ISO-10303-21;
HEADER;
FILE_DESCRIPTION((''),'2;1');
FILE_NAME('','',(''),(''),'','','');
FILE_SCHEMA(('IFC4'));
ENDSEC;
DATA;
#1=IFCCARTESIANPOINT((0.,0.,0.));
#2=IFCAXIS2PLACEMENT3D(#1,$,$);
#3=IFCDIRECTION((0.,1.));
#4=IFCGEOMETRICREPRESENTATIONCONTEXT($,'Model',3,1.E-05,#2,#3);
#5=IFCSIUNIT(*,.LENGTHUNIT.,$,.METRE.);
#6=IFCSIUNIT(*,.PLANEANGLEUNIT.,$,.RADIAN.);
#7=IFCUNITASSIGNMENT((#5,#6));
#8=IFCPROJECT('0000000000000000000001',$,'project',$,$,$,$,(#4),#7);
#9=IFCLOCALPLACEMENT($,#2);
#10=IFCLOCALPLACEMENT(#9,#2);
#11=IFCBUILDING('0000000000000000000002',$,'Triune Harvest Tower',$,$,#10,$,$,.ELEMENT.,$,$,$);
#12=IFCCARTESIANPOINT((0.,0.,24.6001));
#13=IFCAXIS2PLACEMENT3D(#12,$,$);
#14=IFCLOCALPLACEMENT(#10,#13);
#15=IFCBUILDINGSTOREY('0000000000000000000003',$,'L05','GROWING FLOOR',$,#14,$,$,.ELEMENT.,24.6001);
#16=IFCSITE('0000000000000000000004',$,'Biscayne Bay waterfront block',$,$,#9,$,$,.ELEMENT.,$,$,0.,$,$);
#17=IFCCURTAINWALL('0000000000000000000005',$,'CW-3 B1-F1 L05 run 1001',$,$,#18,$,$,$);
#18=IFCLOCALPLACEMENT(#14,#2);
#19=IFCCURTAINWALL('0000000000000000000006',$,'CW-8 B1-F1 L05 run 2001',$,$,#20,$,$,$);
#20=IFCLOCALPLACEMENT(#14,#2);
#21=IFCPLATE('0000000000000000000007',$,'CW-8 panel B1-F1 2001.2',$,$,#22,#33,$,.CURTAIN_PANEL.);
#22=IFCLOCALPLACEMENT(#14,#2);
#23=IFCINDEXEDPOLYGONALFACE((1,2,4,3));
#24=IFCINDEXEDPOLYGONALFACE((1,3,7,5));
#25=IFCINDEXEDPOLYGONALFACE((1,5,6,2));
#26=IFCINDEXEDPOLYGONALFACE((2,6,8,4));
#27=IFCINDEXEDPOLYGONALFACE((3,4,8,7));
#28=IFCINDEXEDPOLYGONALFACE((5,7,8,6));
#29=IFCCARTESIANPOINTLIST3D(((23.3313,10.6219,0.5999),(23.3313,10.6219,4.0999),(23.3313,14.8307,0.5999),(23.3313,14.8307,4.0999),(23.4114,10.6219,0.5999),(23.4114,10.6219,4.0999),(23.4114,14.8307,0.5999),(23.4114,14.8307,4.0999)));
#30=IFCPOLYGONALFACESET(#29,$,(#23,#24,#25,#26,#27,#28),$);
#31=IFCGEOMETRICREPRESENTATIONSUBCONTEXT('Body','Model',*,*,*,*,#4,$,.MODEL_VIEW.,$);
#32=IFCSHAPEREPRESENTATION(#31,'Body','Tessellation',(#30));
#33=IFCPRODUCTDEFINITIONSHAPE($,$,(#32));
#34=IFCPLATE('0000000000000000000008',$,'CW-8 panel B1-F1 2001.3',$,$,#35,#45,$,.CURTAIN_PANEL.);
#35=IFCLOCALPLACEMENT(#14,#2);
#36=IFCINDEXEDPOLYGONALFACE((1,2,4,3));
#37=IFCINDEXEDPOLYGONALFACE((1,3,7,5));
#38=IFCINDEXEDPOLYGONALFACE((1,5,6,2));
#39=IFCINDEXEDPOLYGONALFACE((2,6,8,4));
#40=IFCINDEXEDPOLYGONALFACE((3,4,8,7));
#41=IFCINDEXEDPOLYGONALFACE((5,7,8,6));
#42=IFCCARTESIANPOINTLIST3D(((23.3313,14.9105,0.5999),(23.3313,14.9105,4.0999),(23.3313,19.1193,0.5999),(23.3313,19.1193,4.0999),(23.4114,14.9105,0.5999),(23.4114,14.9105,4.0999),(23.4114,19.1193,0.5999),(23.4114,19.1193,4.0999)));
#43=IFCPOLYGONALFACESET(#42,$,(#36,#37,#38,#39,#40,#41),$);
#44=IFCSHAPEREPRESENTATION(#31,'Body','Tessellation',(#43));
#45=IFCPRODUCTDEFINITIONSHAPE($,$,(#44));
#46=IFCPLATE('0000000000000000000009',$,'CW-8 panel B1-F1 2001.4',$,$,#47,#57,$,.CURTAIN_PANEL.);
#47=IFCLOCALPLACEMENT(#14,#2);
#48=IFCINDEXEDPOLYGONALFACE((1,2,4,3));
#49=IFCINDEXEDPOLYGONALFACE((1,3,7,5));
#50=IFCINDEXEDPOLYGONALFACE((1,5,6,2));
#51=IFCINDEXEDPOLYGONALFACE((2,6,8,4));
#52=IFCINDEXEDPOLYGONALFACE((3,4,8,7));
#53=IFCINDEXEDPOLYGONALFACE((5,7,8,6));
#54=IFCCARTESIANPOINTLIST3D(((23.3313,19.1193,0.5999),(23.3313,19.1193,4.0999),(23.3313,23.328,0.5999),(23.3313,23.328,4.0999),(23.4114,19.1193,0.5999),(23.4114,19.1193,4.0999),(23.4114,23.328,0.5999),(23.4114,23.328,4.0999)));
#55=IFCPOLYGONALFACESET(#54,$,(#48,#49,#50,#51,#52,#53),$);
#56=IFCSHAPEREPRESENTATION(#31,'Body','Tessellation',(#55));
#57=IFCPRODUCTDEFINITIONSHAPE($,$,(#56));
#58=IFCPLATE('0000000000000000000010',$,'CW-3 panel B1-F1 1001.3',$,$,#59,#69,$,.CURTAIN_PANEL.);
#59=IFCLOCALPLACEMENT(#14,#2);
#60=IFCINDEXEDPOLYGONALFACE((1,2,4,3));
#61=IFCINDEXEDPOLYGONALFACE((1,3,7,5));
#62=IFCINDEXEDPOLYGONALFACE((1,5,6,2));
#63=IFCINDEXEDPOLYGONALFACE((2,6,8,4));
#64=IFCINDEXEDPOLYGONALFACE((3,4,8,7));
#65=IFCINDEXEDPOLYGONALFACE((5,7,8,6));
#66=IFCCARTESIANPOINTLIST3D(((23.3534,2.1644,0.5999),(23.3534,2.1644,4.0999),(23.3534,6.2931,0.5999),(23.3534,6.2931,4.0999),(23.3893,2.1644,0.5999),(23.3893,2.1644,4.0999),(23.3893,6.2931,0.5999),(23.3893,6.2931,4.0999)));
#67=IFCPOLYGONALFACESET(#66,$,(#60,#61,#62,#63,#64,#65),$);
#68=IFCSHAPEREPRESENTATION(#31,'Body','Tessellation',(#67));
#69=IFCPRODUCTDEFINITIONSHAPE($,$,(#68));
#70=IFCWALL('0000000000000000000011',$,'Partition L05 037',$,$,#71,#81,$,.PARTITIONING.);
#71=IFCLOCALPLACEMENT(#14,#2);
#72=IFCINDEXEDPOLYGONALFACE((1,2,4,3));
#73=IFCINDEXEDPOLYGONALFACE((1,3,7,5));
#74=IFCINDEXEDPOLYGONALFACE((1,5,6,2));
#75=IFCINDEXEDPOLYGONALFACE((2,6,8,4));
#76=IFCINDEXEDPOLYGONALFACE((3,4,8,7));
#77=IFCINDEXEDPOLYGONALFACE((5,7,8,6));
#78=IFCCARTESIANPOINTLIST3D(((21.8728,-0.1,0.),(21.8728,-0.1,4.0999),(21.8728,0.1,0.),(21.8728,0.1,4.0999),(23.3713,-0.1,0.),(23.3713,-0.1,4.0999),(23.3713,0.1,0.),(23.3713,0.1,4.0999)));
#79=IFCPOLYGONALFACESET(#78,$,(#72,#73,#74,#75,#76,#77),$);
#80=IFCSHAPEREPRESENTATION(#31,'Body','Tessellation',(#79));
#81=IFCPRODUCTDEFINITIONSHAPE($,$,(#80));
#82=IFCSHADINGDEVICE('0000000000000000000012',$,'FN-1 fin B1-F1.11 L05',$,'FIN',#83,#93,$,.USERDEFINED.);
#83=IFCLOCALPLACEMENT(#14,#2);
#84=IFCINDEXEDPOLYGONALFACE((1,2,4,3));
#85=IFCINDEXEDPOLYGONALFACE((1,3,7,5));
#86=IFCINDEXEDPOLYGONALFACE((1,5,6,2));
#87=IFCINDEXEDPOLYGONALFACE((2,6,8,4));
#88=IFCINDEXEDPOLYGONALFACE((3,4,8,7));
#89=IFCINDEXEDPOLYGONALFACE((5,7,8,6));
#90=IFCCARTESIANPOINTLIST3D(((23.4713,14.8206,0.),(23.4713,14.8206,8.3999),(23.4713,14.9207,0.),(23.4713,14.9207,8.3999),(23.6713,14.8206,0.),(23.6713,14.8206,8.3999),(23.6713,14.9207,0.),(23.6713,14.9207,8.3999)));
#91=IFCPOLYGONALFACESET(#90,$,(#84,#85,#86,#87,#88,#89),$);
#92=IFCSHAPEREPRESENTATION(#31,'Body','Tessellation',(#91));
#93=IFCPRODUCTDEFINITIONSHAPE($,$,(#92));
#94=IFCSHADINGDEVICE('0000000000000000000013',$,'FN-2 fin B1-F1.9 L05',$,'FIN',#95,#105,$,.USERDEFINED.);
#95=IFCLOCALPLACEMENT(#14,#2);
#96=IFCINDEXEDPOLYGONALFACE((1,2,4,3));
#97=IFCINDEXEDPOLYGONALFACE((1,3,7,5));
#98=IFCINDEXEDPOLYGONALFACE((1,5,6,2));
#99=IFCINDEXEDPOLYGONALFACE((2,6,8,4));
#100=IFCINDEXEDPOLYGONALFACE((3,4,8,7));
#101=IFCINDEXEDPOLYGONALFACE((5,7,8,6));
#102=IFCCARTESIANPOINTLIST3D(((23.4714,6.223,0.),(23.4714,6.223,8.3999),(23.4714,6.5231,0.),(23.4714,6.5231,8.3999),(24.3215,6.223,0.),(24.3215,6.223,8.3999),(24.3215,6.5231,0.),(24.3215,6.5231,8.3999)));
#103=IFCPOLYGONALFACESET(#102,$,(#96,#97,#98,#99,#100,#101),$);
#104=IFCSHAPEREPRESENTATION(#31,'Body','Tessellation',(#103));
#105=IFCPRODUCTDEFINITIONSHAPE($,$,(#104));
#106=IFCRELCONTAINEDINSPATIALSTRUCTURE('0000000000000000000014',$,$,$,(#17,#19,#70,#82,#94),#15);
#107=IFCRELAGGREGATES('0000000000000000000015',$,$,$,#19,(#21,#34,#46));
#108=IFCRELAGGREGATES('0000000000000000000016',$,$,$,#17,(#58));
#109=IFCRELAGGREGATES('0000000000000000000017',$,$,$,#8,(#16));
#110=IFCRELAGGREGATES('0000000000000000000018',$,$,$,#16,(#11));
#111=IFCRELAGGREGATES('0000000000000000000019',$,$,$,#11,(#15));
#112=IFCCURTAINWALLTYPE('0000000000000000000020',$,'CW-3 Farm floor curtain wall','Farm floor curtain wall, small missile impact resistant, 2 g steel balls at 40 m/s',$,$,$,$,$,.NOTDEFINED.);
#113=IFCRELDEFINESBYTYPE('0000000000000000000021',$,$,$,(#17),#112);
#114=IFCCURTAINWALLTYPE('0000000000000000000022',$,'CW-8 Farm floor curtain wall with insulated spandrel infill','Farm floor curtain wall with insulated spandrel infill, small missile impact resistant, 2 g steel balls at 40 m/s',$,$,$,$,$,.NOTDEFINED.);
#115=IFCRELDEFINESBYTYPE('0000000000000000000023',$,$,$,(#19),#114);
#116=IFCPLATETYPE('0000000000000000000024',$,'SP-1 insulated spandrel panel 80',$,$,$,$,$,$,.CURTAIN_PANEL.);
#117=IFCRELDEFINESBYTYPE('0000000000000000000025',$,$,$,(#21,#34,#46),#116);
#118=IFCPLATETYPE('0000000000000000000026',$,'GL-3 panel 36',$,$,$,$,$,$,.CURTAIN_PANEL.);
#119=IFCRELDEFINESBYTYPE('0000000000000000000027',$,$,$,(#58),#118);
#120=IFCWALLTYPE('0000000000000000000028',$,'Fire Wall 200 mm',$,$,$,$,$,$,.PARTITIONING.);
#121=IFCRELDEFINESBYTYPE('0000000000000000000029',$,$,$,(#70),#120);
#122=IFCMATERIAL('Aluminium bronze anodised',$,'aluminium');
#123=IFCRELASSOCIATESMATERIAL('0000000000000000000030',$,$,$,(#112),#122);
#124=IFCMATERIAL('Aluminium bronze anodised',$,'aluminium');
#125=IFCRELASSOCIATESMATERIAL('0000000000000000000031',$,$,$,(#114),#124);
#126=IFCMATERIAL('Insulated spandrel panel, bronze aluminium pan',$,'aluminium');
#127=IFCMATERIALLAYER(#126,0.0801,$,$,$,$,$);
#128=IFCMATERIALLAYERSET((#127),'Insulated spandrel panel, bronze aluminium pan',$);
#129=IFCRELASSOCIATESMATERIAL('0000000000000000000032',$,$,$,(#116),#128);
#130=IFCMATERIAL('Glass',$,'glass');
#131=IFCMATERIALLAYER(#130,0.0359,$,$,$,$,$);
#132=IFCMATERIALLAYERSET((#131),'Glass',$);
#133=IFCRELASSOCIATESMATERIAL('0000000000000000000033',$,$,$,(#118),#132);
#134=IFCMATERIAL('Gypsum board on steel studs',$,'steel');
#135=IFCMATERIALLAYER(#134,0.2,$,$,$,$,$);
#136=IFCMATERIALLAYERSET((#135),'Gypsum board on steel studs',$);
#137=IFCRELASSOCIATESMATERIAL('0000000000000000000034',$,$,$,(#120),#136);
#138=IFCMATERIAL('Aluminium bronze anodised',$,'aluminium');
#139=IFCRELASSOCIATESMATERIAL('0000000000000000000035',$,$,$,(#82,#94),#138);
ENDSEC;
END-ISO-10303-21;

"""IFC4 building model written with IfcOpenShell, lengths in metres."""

from ifc_helpers import new_model, si_unit, direction, frame, frame_2d, origin, origin_2d, place, context, subcontext, project, spatial, rectangle, extrude, source, transform, mapped, material, layer, layer_set, type_object, element, aggregate, save


model = new_model("IFC4")

# Units and contexts
model_context = context("Model", 3, precision=1e-05, world=origin(), true_north=direction((0.0, 1.0)))
body_context = subcontext(model_context, "Body", "Model", "MODEL_VIEW")
ifc_project = project(units=[si_unit("LENGTHUNIT", "METRE"), si_unit("PLANEANGLEUNIT", "RADIAN")], contexts=[model_context])

# Site, building, storey
site_placement = place(None, origin())
site = spatial("IfcSite", under=ifc_project, at=site_placement, Name="Biscayne Bay waterfront block", CompositionType="ELEMENT", RefElevation=0.0)
building_placement = place(site_placement, origin())
building = spatial("IfcBuilding", under=site, at=building_placement, Name="Triune Harvest Tower", CompositionType="ELEMENT")
storey_placement = place(building_placement, frame((0.0, 0.0, 24.6001)))
storey = spatial("IfcBuildingStorey", under=building, at=storey_placement, Name="L05", Description="GROWING FLOOR", CompositionType="ELEMENT", Elevation=24.6001)

# Curtain walls
ifc_material_1 = material(Name="Aluminium bronze anodised", Category="aluminium")
curtain_wall_type_1 = type_object("IfcCurtainWallType", Name="CW-3 Farm floor curtain wall", Description="Farm floor curtain wall, small missile impact resistant, 2 g steel balls at 40 m/s", PredefinedType="NOTDEFINED", material=ifc_material_1)
curtain_wall_1_placement = place(storey_placement, origin())
curtain_wall_1 = element("IfcCurtainWall", 1, at=curtain_wall_1_placement, inside=storey, type_object=curtain_wall_type_1, Name="CW-3 B1-F1 L05 run 1001")
ifc_material_2 = material(Name="Aluminium bronze anodised", Category="aluminium")
curtain_wall_type_2 = type_object("IfcCurtainWallType", Name="CW-8 Farm floor curtain wall with insulated spandrel infill", Description="Farm floor curtain wall with insulated spandrel infill, small missile impact resistant, 2 g steel balls at 40 m/s", PredefinedType="NOTDEFINED", material=ifc_material_2)
curtain_wall_2_placement = place(storey_placement, origin())
curtain_wall_2 = element("IfcCurtainWall", 2, at=curtain_wall_2_placement, inside=storey, type_object=curtain_wall_type_2, Name="CW-8 B1-F1 L05 run 2001")

# Plates
ifc_material_3 = material(Name="Insulated spandrel panel, bronze aluminium pan", Category="aluminium")
ifc_layer_1 = layer(ifc_material_3, 0.0801)
ifc_layer_set_1 = layer_set([ifc_layer_1], Name="Insulated spandrel panel, bronze aluminium pan")
plate_type_1 = type_object("IfcPlateType", Name="SP-1 insulated spandrel panel 80", PredefinedType="CURTAIN_PANEL", material=ifc_layer_set_1)
shared_shape_1 = source(origin(), body_context, "Body", "SweptSolid", [
    extrude(rectangle(XDim=4.2087, YDim=0.0801, at=origin_2d()), origin(), (0.0, 0.0, 1.0), 3.5),
])
plate_1_placement = place(storey_placement, frame((23.3713, 12.7263, 0.5999), z_axis=(0.0, 0.0, 1.0), x_axis=(0.0, 1.0, 0.0)))
plate_1 = element("IfcPlate", 3, at=plate_1_placement, type_object=plate_type_1, Name="CW-8 panel B1-F1 2001.2", PredefinedType="CURTAIN_PANEL", context=body_context, shape_type="MappedRepresentation", body=[
    mapped(shared_shape_1, transform((0.0, 0.0, 0.0), scale=1.0)),
])
plate_2_placement = place(storey_placement, frame((23.3713, 17.0149, 0.5999), z_axis=(0.0, 0.0, 1.0), x_axis=(0.0, 1.0, 0.0)))
plate_2 = element("IfcPlate", 4, at=plate_2_placement, type_object=plate_type_1, Name="CW-8 panel B1-F1 2001.3", PredefinedType="CURTAIN_PANEL", context=body_context, shape_type="MappedRepresentation", body=[
    mapped(shared_shape_1, transform((0.0, 0.0, 0.0), scale=1.0)),
])
plate_3_placement = place(storey_placement, frame((23.3713, 21.2236, 0.5999), z_axis=(0.0, 0.0, 1.0), x_axis=(0.0, 1.0, 0.0)))
plate_3 = element("IfcPlate", 5, at=plate_3_placement, type_object=plate_type_1, Name="CW-8 panel B1-F1 2001.4", PredefinedType="CURTAIN_PANEL", context=body_context, shape_type="MappedRepresentation", body=[
    mapped(shared_shape_1, transform((0.0, 0.0, 0.0), scale=1.0)),
])
aggregate(curtain_wall_2, [plate_1, plate_2, plate_3])
ifc_material_4 = material(Name="Glass", Category="glass")
ifc_layer_2 = layer(ifc_material_4, 0.0359)
ifc_layer_set_2 = layer_set([ifc_layer_2], Name="Glass")
plate_type_2 = type_object("IfcPlateType", Name="GL-3 panel 36", PredefinedType="CURTAIN_PANEL", material=ifc_layer_set_2)
shared_shape_2 = source(origin(), body_context, "Body", "SweptSolid", [
    extrude(rectangle(XDim=4.1287, YDim=0.0359, at=origin_2d()), origin(), (0.0, 0.0, 1.0), 3.5),
])
plate_4_placement = place(storey_placement, frame((23.3713, 4.2288, 0.5999), z_axis=(0.0, 0.0, 1.0), x_axis=(0.0, 1.0, 0.0)))
plate_4 = element("IfcPlate", 6, at=plate_4_placement, type_object=plate_type_2, Name="CW-3 panel B1-F1 1001.3", PredefinedType="CURTAIN_PANEL", context=body_context, shape_type="MappedRepresentation", body=[
    mapped(shared_shape_2, transform((0.0, 0.0, 0.0), scale=1.0)),
])
aggregate(curtain_wall_1, [plate_4])

# Wall
ifc_material_5 = material(Name="Gypsum board on steel studs", Category="steel")
ifc_layer_3 = layer(ifc_material_5, 0.2)
ifc_layer_set_3 = layer_set([ifc_layer_3], Name="Gypsum board on steel studs")
wall_type = type_object("IfcWallType", Name="Fire Wall 200 mm", PredefinedType="PARTITIONING", material=ifc_layer_set_3)
shared_shape_3 = source(origin(), body_context, "Body", "SweptSolid", [
    extrude(rectangle(XDim=1.4985, YDim=0.2, at=frame_2d((0.7493, 0.0))), origin(), (0.0, 0.0, 1.0), 4.0999),
])
wall_placement = place(storey_placement, frame((21.8728, 0.0, 0.0), z_axis=(0.0, 0.0, 1.0), x_axis=(1.0, 0.0, 0.0)))
element("IfcWall", 7, at=wall_placement, inside=storey, type_object=wall_type, Name="Partition L05 037", PredefinedType="PARTITIONING", context=body_context, shape_type="MappedRepresentation", body=[
    mapped(shared_shape_3, transform((0.0, 0.0, 0.0), scale=1.0)),
])

# Shading devices
ifc_material_6 = material(Name="Aluminium bronze anodised", Category="aluminium")
shared_shape_4 = source(origin(), body_context, "Body", "SweptSolid", [
    extrude(rectangle(XDim=0.1001, YDim=0.2, at=origin_2d()), origin(), (0.0, 0.0, 1.0), 8.3999),
])
shading_device_1_placement = place(storey_placement, frame((23.5713, 14.8706, 0.0), z_axis=(0.0, 0.0, 1.0), x_axis=(0.0, 1.0, 0.0)))
element("IfcShadingDevice", 8, at=shading_device_1_placement, inside=storey, material=ifc_material_6, Name="FN-1 fin B1-F1.11 L05", ObjectType="FIN", PredefinedType="USERDEFINED", context=body_context, shape_type="MappedRepresentation", body=[
    mapped(shared_shape_4, transform((0.0, 0.0, 0.0), scale=1.0)),
])
shared_shape_5 = source(origin(), body_context, "Body", "SweptSolid", [
    extrude(rectangle(XDim=0.3, YDim=0.8501, at=origin_2d()), origin(), (0.0, 0.0, 1.0), 8.3999),
])
shading_device_2_placement = place(storey_placement, frame((23.8965, 6.373, 0.0), z_axis=(0.0, 0.0, 1.0), x_axis=(0.0, 1.0, 0.0)))
element("IfcShadingDevice", 9, at=shading_device_2_placement, inside=storey, material=ifc_material_6, Name="FN-2 fin B1-F1.9 L05", ObjectType="FIN", PredefinedType="USERDEFINED", context=body_context, shape_type="MappedRepresentation", body=[
    mapped(shared_shape_5, transform((0.0, 0.0, 0.0), scale=1.0)),
])

save(model, "model.ifc")
